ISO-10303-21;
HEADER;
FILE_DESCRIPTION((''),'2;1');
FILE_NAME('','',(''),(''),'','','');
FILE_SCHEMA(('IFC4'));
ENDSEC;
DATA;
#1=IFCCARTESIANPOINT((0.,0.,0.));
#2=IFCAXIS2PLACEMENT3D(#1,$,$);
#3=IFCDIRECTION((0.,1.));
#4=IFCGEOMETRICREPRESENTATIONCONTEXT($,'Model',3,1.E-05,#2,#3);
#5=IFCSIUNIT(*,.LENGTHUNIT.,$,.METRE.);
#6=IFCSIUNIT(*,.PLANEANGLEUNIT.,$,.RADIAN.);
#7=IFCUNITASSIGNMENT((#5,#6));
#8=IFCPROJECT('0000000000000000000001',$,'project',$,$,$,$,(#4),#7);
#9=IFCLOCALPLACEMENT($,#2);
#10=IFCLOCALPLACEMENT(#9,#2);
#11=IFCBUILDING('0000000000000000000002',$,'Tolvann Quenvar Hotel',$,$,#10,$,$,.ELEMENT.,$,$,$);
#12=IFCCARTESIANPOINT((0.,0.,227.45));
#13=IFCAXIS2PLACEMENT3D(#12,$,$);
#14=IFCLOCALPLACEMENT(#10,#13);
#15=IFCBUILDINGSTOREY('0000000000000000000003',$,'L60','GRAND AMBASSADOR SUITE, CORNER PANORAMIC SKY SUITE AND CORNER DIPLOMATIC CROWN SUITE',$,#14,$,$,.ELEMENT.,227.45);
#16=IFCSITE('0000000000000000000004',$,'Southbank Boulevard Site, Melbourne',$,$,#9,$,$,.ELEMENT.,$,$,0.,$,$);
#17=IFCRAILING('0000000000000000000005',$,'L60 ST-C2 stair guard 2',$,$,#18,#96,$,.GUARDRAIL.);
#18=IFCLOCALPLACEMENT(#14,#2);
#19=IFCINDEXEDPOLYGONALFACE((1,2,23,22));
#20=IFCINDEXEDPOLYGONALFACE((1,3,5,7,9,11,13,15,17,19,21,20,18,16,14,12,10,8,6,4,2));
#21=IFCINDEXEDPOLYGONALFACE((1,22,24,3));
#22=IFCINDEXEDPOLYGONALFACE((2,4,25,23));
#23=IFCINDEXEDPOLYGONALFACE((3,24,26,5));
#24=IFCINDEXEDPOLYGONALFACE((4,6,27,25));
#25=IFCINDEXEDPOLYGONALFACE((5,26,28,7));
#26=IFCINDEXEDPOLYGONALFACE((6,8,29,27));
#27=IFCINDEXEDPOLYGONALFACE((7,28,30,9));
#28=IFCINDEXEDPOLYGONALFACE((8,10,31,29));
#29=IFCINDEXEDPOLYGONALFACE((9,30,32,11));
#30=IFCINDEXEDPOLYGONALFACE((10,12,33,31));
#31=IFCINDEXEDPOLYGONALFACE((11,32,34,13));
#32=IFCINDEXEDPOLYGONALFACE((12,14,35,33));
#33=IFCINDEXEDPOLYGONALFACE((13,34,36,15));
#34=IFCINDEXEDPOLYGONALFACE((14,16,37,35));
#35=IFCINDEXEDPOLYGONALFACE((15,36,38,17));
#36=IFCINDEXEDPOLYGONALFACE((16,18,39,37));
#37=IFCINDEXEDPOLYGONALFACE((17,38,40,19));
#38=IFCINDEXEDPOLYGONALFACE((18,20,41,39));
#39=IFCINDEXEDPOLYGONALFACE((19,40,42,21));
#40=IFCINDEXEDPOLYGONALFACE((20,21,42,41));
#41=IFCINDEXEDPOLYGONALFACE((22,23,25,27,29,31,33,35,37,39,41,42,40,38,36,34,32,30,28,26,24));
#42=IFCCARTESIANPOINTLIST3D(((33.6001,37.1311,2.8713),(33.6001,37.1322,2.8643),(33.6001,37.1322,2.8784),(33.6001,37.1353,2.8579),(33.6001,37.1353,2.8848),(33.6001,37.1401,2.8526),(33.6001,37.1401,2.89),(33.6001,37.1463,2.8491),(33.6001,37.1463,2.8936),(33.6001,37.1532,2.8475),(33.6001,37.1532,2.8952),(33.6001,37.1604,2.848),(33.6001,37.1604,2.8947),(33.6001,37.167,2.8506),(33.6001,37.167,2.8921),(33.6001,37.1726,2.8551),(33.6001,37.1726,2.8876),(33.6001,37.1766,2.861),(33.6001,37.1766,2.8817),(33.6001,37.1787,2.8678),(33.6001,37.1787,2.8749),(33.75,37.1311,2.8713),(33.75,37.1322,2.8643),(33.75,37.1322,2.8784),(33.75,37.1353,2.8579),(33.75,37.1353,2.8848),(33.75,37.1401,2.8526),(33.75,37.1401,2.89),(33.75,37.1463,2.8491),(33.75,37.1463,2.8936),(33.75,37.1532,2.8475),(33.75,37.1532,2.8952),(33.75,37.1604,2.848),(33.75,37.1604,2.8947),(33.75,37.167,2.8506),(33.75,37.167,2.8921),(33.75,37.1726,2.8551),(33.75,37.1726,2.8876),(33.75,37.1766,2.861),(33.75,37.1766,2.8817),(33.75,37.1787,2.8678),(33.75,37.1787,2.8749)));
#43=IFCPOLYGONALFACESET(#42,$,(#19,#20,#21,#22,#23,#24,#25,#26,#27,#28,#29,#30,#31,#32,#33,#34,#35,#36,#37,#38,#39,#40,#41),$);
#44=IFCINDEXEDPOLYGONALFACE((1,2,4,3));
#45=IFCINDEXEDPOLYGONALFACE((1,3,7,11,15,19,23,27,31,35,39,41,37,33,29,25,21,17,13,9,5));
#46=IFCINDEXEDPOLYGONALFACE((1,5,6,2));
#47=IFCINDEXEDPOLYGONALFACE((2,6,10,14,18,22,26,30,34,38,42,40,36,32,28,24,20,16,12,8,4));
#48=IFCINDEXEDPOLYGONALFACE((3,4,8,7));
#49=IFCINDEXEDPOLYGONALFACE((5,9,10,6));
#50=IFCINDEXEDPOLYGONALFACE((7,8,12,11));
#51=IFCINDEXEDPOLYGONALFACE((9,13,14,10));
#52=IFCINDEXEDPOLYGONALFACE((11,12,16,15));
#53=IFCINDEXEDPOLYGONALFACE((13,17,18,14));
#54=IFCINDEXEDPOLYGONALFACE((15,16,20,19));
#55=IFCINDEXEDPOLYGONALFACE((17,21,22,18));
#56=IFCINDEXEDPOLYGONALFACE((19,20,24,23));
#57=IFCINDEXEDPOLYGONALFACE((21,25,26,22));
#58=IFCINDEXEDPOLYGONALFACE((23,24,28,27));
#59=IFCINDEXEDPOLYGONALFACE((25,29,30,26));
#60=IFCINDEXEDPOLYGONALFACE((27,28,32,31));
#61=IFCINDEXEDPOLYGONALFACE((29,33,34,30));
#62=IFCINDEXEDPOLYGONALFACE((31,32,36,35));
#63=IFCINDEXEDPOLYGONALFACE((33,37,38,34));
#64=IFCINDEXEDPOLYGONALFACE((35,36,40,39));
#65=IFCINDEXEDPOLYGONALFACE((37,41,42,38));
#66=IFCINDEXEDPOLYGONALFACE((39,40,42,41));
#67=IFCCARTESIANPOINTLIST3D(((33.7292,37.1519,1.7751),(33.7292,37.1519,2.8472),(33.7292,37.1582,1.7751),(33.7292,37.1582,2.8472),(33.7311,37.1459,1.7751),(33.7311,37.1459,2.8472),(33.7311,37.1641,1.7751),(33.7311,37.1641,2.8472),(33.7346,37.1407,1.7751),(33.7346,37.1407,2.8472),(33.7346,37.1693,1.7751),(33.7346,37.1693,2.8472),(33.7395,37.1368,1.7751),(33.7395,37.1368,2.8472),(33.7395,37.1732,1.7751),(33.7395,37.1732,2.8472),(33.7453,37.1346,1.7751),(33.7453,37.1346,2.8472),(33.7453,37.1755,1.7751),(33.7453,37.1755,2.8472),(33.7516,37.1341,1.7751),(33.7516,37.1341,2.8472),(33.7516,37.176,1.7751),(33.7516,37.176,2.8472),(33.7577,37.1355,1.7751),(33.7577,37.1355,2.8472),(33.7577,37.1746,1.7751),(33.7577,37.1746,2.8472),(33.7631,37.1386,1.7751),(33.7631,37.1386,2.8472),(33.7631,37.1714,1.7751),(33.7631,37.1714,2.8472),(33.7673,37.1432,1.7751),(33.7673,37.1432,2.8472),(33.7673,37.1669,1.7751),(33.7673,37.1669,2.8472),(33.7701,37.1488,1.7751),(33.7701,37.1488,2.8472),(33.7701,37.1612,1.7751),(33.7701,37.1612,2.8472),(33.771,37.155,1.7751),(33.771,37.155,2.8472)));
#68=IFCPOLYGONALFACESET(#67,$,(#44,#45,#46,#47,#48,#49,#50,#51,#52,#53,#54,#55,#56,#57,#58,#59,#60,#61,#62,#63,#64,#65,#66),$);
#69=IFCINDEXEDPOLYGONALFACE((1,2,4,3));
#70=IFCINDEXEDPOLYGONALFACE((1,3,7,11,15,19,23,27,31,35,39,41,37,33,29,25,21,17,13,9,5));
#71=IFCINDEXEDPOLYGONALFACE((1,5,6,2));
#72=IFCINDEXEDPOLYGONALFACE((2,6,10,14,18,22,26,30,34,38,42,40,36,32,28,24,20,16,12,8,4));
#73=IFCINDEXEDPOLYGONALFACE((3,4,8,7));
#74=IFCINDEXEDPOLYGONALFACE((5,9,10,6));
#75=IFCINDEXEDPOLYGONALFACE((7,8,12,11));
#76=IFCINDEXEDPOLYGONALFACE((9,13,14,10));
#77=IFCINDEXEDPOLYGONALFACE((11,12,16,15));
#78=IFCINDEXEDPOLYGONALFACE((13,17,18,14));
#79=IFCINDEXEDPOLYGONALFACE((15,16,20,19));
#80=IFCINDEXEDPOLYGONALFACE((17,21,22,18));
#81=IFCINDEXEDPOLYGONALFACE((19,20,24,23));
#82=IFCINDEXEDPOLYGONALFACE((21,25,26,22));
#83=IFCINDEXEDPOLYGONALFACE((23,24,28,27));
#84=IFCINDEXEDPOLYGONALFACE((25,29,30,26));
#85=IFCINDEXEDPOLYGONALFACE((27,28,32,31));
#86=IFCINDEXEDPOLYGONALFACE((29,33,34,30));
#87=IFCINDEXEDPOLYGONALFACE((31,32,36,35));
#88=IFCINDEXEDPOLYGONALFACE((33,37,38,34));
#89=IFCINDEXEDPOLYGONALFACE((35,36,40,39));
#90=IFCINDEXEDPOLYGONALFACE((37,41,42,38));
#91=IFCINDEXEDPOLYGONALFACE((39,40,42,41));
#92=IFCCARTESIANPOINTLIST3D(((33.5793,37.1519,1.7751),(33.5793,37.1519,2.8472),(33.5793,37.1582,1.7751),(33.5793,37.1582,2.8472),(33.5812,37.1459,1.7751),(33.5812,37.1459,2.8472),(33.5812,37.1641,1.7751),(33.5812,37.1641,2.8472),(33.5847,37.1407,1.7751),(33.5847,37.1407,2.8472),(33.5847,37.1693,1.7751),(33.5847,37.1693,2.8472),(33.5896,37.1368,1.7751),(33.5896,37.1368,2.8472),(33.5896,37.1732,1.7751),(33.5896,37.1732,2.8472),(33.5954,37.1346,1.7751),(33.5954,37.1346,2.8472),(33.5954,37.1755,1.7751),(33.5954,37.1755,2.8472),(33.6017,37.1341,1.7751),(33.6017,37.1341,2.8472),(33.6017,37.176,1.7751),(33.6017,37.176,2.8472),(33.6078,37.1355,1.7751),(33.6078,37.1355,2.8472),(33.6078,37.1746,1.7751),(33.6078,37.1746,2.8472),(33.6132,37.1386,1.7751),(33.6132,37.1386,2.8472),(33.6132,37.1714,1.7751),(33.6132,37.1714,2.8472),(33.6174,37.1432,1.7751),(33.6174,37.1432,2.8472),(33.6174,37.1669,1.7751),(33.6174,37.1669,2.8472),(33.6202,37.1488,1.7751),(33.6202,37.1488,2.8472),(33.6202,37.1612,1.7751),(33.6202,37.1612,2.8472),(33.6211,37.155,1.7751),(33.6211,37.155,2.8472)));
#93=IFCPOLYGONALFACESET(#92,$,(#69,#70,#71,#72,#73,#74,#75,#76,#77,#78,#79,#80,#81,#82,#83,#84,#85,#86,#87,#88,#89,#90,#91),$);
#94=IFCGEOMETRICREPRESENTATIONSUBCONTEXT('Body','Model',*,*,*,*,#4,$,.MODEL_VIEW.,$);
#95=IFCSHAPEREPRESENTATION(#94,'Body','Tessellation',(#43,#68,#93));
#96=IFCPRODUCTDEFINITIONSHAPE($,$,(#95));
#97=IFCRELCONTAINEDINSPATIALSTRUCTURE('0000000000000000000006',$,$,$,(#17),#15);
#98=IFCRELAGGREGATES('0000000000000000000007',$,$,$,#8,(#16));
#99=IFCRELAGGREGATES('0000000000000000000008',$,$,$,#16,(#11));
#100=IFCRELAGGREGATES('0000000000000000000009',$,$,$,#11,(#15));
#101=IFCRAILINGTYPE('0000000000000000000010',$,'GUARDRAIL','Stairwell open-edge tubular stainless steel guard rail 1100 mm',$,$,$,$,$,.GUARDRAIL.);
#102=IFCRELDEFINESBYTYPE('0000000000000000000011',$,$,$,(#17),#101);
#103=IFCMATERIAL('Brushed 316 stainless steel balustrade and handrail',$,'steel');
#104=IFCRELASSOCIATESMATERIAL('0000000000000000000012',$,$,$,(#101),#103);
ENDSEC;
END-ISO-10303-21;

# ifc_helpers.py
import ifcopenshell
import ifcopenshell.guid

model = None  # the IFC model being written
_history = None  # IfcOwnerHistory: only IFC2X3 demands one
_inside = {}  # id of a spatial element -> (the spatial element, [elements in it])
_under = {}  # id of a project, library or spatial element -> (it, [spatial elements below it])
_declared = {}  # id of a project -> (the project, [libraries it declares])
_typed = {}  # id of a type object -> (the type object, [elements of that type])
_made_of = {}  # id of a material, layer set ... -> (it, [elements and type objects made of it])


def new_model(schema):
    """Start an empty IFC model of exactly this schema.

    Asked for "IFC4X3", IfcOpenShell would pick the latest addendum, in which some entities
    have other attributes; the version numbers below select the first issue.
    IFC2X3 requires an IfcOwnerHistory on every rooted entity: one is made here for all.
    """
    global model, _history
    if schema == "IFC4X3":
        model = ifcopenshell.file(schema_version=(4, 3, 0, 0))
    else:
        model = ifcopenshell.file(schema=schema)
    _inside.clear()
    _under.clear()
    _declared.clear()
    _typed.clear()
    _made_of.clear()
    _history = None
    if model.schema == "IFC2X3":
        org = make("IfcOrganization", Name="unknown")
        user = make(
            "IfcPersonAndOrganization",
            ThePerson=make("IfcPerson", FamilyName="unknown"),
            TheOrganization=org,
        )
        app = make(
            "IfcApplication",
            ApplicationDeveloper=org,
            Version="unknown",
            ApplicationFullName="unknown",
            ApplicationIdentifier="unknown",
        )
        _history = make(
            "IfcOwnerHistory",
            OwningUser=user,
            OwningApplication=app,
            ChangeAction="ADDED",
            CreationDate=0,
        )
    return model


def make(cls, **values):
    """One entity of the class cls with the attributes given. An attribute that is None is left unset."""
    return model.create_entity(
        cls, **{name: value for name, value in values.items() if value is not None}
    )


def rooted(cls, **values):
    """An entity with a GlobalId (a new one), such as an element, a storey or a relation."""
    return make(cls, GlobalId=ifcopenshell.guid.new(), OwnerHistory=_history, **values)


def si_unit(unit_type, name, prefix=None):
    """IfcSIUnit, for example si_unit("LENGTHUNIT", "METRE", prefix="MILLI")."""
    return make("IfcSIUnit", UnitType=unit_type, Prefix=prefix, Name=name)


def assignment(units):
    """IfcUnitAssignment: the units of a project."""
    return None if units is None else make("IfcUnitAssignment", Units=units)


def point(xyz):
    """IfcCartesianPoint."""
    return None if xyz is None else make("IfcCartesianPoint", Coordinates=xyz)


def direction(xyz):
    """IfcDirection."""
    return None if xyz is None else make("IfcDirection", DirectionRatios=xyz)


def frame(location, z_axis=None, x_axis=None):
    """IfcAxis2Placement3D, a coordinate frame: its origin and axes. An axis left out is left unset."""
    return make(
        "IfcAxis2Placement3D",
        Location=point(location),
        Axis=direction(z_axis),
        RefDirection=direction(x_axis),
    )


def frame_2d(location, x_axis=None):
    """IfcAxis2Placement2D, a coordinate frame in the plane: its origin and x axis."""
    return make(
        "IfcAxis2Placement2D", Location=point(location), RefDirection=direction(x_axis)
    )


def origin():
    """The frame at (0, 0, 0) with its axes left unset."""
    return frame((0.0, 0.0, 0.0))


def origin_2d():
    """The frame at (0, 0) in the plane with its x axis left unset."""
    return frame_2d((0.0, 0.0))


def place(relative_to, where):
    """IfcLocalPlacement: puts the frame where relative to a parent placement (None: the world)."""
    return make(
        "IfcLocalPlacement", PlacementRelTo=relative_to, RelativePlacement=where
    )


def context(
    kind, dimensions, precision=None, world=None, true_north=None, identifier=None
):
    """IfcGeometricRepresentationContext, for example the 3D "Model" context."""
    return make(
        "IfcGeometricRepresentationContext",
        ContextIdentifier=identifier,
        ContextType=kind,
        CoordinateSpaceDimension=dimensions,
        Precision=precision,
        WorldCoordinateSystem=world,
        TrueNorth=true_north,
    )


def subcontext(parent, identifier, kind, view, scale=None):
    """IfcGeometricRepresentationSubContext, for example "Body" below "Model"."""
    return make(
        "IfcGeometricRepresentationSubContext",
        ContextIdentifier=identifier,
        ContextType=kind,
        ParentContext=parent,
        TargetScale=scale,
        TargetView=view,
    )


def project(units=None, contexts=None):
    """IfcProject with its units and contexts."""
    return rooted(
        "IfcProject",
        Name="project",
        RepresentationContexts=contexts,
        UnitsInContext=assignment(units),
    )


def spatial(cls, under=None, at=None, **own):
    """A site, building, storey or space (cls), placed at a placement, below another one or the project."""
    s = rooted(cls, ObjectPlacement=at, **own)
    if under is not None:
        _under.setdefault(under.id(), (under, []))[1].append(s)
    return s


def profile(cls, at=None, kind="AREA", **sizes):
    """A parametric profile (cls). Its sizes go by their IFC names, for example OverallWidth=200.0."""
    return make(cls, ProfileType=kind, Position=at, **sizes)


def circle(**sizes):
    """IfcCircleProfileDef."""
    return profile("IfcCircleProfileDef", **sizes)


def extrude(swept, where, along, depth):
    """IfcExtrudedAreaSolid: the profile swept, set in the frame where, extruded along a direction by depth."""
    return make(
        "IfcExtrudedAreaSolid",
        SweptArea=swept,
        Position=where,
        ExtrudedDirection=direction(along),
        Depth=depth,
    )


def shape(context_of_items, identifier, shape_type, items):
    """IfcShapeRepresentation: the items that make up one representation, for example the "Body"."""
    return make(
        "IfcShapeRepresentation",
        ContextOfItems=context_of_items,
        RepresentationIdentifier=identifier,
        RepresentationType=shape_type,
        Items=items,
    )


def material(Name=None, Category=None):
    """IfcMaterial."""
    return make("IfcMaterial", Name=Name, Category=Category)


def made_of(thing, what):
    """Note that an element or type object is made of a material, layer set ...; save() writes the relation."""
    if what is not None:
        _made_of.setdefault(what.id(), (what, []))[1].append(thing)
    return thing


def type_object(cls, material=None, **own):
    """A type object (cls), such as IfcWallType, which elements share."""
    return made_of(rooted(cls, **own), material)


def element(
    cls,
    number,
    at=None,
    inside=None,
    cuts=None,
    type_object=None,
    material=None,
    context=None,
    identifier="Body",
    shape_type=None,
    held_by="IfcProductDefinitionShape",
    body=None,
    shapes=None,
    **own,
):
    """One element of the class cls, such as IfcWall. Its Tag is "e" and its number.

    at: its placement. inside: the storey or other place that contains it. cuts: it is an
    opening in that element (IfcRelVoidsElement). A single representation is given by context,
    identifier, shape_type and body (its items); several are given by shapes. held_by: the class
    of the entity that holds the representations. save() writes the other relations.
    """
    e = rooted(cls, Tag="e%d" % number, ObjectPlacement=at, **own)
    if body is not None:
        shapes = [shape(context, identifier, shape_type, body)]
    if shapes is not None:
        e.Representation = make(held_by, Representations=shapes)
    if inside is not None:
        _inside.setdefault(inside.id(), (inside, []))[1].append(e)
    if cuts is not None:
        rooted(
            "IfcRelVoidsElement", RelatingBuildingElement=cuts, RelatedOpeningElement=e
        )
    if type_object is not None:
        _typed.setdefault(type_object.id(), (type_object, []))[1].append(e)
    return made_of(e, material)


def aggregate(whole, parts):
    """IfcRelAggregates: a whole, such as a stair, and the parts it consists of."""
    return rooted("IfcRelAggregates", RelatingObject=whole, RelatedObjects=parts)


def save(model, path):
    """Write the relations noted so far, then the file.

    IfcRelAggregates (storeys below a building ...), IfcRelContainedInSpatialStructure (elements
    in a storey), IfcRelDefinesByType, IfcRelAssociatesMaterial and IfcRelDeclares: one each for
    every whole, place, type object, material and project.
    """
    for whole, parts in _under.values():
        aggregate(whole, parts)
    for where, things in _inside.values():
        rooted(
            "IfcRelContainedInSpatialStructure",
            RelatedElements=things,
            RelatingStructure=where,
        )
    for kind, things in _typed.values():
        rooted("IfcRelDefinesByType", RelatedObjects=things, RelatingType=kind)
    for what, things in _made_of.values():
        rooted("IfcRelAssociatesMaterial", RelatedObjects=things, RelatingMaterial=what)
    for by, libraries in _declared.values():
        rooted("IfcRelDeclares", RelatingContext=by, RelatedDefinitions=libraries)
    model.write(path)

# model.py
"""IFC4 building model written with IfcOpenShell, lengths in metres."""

from ifc_helpers import new_model, si_unit, direction, frame, origin, origin_2d, place, context, subcontext, project, spatial, circle, extrude, material, type_object, element, save


model = new_model("IFC4")

# Units and contexts
model_context = context("Model", 3, precision=1e-05, world=origin(), true_north=direction((0.0, 1.0)))
body_context = subcontext(model_context, "Body", "Model", "MODEL_VIEW")
ifc_project = project(units=[si_unit("LENGTHUNIT", "METRE"), si_unit("PLANEANGLEUNIT", "RADIAN")], contexts=[model_context])

# Site, building, storey
site_placement = place(None, origin())
site = spatial("IfcSite", under=ifc_project, at=site_placement, Name="Southbank Boulevard Site, Melbourne", CompositionType="ELEMENT", RefElevation=0.0)
building_placement = place(site_placement, origin())
building = spatial("IfcBuilding", under=site, at=building_placement, Name="Tolvann Quenvar Hotel", CompositionType="ELEMENT")
storey_placement = place(building_placement, frame((0.0, 0.0, 227.45)))
storey = spatial("IfcBuildingStorey", under=building, at=storey_placement, Name="L60", Description="GRAND AMBASSADOR SUITE, CORNER PANORAMIC SKY SUITE AND CORNER DIPLOMATIC CROWN SUITE", CompositionType="ELEMENT", Elevation=227.45)

# Railing
ifc_material_1 = material(Name="Brushed 316 stainless steel balustrade and handrail", Category="steel")
railing_type_1 = type_object("IfcRailingType", Name="GUARDRAIL", Description="Stairwell open-edge tubular stainless steel guard rail 1100 mm", PredefinedType="GUARDRAIL", material=ifc_material_1)
railing_1_placement = place(storey_placement, frame((33.75, 37.155, 1.7751)))
element("IfcRailing", 1, at=railing_1_placement, inside=storey, type_object=railing_type_1, Name="L60 ST-C2 stair guard 2", PredefinedType="GUARDRAIL", context=body_context, shape_type="SweptSolid", body=[
    extrude(circle(Radius=0.0239, at=origin_2d()), frame((0.0, 0.0, 1.0962), z_axis=(-1.0, 0.0, 0.0), x_axis=(0.0, -1.0, 0.0)), (0.0, 0.0, 1.0), 0.1499),
    extrude(circle(Radius=0.021, at=origin_2d()), origin(), (0.0, 0.0, 1.0), 1.072),
    extrude(circle(Radius=0.021, at=origin_2d()), frame((-0.1499, 0.0, 0.0)), (0.0, 0.0, 1.0), 1.072),
])

save(model, "model.ifc")
